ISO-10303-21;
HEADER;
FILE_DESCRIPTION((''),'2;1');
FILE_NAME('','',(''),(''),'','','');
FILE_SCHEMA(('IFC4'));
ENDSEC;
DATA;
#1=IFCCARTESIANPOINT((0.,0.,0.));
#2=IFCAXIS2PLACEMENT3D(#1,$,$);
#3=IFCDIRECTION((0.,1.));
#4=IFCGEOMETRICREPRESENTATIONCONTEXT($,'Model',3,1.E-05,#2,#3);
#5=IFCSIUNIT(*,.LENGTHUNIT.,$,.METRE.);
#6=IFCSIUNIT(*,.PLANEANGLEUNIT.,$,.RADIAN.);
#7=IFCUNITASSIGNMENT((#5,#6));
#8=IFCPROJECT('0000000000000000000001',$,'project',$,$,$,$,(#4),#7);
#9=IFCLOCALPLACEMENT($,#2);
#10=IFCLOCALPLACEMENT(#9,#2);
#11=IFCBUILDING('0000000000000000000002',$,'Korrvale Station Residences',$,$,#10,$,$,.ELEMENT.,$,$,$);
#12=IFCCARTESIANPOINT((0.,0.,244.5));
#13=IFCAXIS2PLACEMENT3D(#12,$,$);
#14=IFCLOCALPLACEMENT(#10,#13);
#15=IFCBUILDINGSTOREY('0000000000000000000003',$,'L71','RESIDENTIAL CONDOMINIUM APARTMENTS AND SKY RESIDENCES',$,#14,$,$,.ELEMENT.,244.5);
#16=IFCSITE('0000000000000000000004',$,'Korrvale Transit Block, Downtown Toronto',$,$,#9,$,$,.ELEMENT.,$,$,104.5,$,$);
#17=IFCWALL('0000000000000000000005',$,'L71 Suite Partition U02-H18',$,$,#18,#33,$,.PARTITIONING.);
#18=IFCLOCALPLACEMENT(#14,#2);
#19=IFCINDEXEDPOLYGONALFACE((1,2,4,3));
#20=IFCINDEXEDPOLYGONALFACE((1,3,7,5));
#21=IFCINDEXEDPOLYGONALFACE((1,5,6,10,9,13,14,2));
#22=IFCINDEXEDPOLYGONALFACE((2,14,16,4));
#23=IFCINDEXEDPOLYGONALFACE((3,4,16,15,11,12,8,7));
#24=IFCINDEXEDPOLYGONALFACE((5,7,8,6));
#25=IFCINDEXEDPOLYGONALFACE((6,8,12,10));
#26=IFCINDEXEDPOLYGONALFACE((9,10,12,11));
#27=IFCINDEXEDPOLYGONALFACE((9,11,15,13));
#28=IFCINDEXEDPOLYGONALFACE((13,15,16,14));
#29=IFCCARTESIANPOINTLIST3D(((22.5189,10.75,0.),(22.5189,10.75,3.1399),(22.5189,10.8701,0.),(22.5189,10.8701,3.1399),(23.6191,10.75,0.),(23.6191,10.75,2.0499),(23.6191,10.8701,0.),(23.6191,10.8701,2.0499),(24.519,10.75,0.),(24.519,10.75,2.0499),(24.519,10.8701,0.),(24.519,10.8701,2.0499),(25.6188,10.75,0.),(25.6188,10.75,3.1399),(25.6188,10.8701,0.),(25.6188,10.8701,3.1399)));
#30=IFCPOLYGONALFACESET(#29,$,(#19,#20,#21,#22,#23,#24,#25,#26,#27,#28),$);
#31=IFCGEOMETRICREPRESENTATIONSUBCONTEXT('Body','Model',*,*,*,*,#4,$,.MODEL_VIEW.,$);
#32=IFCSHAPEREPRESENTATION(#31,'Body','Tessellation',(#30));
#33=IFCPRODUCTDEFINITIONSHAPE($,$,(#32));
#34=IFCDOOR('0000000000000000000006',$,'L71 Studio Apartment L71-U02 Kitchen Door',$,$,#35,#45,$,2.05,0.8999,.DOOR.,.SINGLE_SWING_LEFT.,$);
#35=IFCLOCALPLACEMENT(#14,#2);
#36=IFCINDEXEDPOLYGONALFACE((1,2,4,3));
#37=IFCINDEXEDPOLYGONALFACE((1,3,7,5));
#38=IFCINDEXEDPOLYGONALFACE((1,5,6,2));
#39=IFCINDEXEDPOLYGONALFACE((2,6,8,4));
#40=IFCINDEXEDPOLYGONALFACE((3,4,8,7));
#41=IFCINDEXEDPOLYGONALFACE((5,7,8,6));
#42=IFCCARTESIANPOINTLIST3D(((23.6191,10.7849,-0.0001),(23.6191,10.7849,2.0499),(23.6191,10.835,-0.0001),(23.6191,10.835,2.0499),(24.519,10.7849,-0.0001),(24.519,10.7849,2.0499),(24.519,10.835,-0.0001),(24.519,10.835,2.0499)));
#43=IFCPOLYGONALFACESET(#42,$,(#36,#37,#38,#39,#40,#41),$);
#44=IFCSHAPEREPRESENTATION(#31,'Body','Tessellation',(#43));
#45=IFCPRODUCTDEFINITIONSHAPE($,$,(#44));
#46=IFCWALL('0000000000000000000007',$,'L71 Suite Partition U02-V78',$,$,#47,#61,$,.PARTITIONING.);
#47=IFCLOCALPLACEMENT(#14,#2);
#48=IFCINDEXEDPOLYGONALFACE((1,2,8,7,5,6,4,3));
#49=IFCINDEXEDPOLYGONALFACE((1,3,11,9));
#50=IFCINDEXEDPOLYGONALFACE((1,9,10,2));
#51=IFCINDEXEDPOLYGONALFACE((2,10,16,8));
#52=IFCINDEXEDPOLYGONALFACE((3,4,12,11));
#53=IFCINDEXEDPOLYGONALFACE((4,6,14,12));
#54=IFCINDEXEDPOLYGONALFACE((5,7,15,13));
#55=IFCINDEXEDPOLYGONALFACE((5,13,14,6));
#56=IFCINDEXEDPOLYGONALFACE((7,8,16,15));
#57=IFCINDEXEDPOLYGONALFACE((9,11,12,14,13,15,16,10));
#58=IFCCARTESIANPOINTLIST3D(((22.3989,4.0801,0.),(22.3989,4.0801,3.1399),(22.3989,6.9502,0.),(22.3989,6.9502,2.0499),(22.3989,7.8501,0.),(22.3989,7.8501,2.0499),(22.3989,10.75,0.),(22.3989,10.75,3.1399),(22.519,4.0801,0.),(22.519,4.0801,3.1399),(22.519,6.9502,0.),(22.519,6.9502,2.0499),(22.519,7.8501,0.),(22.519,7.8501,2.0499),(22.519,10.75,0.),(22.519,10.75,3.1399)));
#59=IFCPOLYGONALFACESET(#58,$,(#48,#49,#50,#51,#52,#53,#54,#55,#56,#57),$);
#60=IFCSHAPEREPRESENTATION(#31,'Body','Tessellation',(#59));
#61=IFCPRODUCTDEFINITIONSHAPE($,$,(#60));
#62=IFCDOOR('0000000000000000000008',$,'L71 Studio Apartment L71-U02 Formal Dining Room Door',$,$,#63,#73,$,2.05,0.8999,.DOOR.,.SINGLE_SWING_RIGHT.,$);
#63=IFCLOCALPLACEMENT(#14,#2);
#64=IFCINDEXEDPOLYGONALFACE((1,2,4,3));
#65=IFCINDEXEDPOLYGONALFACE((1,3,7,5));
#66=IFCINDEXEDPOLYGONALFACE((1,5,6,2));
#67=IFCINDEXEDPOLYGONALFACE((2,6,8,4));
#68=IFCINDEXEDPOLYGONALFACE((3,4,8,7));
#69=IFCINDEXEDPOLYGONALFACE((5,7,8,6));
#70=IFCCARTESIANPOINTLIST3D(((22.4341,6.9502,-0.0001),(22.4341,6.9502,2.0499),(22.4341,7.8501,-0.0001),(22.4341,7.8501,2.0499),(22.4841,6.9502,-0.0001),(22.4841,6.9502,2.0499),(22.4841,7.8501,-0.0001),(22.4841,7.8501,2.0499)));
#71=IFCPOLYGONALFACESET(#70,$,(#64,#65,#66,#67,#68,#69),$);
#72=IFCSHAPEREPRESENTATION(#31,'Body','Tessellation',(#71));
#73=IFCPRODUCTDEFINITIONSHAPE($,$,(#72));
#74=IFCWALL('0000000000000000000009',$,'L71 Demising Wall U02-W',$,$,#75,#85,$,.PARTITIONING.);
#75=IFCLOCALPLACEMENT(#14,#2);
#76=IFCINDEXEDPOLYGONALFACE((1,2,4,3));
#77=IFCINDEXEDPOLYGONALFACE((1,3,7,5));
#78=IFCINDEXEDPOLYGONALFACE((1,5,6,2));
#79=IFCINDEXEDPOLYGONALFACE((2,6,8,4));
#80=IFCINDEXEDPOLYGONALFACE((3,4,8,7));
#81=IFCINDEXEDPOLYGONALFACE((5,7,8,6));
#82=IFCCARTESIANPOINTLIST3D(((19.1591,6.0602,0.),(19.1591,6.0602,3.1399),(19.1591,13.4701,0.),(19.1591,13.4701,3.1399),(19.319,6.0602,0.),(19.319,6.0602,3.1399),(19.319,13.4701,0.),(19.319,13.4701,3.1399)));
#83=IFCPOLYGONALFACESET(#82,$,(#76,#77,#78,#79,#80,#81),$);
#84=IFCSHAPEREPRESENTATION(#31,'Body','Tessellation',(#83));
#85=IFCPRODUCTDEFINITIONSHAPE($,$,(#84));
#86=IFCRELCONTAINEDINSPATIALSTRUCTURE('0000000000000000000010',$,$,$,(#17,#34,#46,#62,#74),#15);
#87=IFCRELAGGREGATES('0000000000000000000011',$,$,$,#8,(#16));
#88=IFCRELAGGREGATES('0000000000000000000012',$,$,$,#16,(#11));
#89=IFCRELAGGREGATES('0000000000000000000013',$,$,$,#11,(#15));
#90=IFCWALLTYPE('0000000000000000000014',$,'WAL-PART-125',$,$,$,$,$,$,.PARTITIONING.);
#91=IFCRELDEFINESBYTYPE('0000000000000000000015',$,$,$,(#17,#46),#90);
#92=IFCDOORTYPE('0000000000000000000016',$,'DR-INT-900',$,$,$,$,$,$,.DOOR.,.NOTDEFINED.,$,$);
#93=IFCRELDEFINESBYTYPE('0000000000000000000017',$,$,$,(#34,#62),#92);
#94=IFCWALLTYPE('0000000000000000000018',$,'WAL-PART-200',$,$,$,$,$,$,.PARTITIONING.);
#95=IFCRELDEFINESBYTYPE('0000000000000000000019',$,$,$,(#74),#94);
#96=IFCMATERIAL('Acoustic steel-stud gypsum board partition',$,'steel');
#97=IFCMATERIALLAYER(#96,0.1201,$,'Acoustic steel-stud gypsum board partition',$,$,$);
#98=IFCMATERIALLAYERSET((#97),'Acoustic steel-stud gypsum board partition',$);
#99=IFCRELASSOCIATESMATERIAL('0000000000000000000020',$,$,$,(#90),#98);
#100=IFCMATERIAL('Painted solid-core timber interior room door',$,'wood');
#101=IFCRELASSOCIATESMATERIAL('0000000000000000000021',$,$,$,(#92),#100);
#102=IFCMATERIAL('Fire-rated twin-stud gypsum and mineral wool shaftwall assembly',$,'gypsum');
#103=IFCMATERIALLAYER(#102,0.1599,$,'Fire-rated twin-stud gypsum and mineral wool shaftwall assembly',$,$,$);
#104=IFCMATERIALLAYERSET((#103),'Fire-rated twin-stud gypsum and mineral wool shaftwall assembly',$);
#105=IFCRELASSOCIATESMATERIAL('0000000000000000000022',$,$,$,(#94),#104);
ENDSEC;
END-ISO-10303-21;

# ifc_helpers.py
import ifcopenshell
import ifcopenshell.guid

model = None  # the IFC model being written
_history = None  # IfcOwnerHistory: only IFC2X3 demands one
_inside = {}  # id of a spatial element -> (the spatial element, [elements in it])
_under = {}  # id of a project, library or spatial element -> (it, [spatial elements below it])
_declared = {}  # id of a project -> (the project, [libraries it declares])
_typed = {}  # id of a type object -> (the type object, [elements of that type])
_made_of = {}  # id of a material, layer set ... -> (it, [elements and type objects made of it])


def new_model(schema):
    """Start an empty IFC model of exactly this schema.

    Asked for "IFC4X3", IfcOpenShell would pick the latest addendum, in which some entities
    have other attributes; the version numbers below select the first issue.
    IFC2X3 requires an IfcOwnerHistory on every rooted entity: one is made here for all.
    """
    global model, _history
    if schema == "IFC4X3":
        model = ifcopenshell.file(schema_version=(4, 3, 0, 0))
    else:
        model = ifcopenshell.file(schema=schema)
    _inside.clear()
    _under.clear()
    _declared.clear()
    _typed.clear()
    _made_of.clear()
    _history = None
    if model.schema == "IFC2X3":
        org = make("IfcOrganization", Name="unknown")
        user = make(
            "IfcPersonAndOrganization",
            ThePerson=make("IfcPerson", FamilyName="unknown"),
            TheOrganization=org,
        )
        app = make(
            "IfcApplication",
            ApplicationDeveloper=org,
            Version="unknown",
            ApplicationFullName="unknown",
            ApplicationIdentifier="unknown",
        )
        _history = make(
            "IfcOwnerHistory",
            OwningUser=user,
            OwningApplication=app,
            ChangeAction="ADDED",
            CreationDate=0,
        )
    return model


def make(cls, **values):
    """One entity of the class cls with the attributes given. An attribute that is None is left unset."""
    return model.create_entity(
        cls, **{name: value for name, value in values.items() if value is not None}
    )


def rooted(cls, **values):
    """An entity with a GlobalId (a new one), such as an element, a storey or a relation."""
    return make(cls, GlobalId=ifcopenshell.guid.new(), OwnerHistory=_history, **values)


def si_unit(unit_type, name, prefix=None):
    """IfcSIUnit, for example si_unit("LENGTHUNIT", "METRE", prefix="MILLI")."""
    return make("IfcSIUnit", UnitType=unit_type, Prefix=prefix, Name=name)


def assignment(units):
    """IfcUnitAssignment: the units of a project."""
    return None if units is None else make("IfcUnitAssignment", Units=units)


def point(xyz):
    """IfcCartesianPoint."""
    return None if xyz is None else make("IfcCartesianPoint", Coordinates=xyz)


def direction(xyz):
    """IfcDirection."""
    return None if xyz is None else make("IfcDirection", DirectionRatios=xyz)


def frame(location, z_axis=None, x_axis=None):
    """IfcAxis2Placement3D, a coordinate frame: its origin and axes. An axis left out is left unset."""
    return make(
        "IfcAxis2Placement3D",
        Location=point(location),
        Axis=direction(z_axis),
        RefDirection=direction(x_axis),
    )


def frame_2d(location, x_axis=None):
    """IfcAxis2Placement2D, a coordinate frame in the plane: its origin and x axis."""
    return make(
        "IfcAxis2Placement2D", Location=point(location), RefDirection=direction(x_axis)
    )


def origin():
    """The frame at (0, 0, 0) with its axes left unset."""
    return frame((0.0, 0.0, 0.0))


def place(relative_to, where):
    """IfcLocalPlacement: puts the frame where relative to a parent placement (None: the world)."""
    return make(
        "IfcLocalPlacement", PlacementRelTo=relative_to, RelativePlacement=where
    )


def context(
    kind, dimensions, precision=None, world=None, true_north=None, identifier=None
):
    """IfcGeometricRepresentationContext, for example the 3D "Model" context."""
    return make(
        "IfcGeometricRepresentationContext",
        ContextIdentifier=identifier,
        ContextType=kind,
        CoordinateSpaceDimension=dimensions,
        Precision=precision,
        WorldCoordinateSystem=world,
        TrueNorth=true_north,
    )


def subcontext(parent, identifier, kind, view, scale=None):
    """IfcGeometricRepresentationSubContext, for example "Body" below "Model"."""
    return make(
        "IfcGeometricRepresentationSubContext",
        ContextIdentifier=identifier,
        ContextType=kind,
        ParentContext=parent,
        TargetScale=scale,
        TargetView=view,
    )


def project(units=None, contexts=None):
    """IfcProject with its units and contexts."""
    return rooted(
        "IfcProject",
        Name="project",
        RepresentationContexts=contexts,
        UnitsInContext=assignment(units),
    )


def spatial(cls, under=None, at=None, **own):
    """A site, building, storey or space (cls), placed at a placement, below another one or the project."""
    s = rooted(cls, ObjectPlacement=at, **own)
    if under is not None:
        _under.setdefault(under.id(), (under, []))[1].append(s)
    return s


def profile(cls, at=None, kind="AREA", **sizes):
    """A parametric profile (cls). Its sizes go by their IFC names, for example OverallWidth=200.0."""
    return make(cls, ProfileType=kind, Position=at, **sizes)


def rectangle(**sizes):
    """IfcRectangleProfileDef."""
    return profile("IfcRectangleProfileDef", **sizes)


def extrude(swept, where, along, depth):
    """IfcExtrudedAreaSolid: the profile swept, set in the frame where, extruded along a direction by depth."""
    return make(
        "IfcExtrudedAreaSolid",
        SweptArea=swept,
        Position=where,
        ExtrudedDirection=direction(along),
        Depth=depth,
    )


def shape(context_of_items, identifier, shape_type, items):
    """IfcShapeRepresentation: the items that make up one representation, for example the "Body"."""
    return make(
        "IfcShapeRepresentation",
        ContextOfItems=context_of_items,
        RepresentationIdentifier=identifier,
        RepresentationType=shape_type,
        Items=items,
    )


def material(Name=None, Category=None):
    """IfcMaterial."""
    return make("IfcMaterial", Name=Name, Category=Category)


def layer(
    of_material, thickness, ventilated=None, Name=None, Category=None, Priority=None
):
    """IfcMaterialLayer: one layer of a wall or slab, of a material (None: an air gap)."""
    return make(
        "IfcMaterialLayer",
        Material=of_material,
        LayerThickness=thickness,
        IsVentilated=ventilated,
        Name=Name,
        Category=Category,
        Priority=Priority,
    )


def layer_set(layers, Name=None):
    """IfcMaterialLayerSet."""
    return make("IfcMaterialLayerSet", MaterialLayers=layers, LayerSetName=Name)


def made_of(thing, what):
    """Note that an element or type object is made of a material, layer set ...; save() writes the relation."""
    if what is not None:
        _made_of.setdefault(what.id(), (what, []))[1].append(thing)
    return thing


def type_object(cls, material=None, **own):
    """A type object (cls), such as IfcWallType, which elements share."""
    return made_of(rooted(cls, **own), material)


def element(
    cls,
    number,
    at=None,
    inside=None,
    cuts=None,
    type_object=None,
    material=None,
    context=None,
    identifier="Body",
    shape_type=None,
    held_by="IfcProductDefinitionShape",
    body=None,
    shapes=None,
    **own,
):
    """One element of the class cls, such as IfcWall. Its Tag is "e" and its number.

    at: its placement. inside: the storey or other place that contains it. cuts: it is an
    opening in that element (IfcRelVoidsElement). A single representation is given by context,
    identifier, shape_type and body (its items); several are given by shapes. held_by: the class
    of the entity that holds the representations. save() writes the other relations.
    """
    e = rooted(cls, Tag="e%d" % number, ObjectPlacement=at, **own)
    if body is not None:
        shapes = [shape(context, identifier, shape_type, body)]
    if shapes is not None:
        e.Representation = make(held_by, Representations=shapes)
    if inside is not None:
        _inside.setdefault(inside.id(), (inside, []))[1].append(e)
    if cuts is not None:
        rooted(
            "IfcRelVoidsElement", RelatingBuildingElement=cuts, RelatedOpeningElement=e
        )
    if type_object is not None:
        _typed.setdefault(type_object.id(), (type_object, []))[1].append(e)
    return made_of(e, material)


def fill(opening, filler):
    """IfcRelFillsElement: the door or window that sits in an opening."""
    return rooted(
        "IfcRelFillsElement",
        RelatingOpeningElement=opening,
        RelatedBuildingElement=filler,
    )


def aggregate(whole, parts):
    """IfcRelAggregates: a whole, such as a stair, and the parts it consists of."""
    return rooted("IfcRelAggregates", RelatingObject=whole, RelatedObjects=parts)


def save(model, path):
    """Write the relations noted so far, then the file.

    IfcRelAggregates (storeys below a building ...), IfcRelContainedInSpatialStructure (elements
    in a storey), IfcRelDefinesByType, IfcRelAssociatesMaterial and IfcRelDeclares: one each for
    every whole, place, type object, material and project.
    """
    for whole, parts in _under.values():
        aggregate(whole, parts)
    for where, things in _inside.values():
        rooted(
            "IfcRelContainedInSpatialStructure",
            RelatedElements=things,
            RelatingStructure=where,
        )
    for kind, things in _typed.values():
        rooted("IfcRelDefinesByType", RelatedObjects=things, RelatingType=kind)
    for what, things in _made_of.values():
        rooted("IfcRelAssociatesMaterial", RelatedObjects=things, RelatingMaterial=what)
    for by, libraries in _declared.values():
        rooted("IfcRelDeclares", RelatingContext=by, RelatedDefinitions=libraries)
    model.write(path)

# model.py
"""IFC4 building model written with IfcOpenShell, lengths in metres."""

from ifc_helpers import new_model, si_unit, direction, frame, frame_2d, origin, place, context, subcontext, project, spatial, rectangle, extrude, material, layer, layer_set, type_object, element, fill, save


model = new_model("IFC4")

# Units and contexts
model_context = context("Model", 3, precision=1e-05, world=origin(), true_north=direction((0.0, 1.0)))
body_context = subcontext(model_context, "Body", "Model", "MODEL_VIEW")
ifc_project = project(units=[si_unit("LENGTHUNIT", "METRE"), si_unit("PLANEANGLEUNIT", "RADIAN")], contexts=[model_context])

# Site, building, storey
site_placement = place(None, origin())
site = spatial("IfcSite", under=ifc_project, at=site_placement, Name="Korrvale Transit Block, Downtown Toronto", CompositionType="ELEMENT", RefElevation=104.5)
building_placement = place(site_placement, origin())
building = spatial("IfcBuilding", under=site, at=building_placement, Name="Korrvale Station Residences", CompositionType="ELEMENT")
storey_placement = place(building_placement, frame((0.0, 0.0, 244.5)))
storey = spatial("IfcBuildingStorey", under=building, at=storey_placement, Name="L71", Description="RESIDENTIAL CONDOMINIUM APARTMENTS AND SKY RESIDENCES", CompositionType="ELEMENT", Elevation=244.5)

# Shared definitions
ifc_material_1 = material(Name="Acoustic steel-stud gypsum board partition", Category="steel")
ifc_layer_1 = layer(ifc_material_1, 0.1201, Name="Acoustic steel-stud gypsum board partition")
ifc_layer_set_1 = layer_set([ifc_layer_1], Name="Acoustic steel-stud gypsum board partition")
wall_type_1 = type_object("IfcWallType", Name="WAL-PART-125", PredefinedType="PARTITIONING", material=ifc_layer_set_1)

# Walls, openings, doors
wall_1_placement = place(storey_placement, frame((22.519, 10.8101, 0.0), z_axis=(0.0, 0.0, 1.0), x_axis=(1.0, 0.0, 0.0)))
wall_1 = element("IfcWall", 1, at=wall_1_placement, inside=storey, type_object=wall_type_1, Name="L71 Suite Partition U02-H18", PredefinedType="PARTITIONING", context=body_context, shape_type="SweptSolid", body=[
    extrude(rectangle(XDim=3.0999, YDim=0.1201, at=frame_2d((1.5498, 0.0))), origin(), (0.0, 0.0, 1.0), 3.1399),
])
opening_1_placement = place(wall_1_placement, frame((1.1001, 0.0, 0.0)))
opening_1 = element("IfcOpeningElement", 2, at=opening_1_placement, cuts=wall_1, PredefinedType="OPENING", context=body_context, shape_type="SweptSolid", body=[
    extrude(rectangle(XDim=0.8999, YDim=2.05, at=frame_2d((0.45, 1.0249))), frame((0.0, 0.0701, 0.0), z_axis=(0.0, -1.0, 0.0), x_axis=(1.0, 0.0, 0.0)), (0.0, 0.0, 1.0), 0.1401),
])
ifc_material_2 = material(Name="Painted solid-core timber interior room door", Category="wood")
door_type_1 = type_object("IfcDoorType", Name="DR-INT-900", OperationType="NOTDEFINED", PredefinedType="DOOR", material=ifc_material_2)
door_1_placement = place(opening_1_placement, origin())
door_1 = element("IfcDoor", 3, at=door_1_placement, inside=storey, type_object=door_type_1, Name="L71 Studio Apartment L71-U02 Kitchen Door", OperationType="SINGLE_SWING_LEFT", OverallHeight=2.05, OverallWidth=0.8999, PredefinedType="DOOR", context=body_context, shape_type="SweptSolid", body=[
    extrude(rectangle(XDim=0.8999, YDim=2.05, at=frame_2d((0.45, 1.0249))), frame((0.0, 0.0249, 0.0), z_axis=(0.0, -1.0, 0.0), x_axis=(1.0, 0.0, 0.0)), (0.0, 0.0, 1.0), 0.05),
])
fill(opening_1, door_1)
wall_2_placement = place(storey_placement, frame((22.459, 4.0801, 0.0), z_axis=(0.0, 0.0, 1.0), x_axis=(0.0, 1.0, 0.0)))
wall_2 = element("IfcWall", 4, at=wall_2_placement, inside=storey, type_object=wall_type_1, Name="L71 Suite Partition U02-V78", PredefinedType="PARTITIONING", context=body_context, shape_type="SweptSolid", body=[
    extrude(rectangle(XDim=6.6699, YDim=0.1201, at=frame_2d((3.335, 0.0))), origin(), (0.0, 0.0, 1.0), 3.1399),
])
opening_2_placement = place(wall_2_placement, frame((2.8701, 0.0, 0.0)))
opening_2 = element("IfcOpeningElement", 5, at=opening_2_placement, cuts=wall_2, PredefinedType="OPENING", context=body_context, shape_type="SweptSolid", body=[
    extrude(rectangle(XDim=0.8999, YDim=2.05, at=frame_2d((0.45, 1.0249))), frame((0.0, 0.0701, 0.0), z_axis=(0.0, -1.0, 0.0), x_axis=(1.0, 0.0, 0.0)), (0.0, 0.0, 1.0), 0.1401),
])
door_2_placement = place(opening_2_placement, origin())
door_2 = element("IfcDoor", 6, at=door_2_placement, inside=storey, type_object=door_type_1, Name="L71 Studio Apartment L71-U02 Formal Dining Room Door", OperationType="SINGLE_SWING_RIGHT", OverallHeight=2.05, OverallWidth=0.8999, PredefinedType="DOOR", context=body_context, shape_type="SweptSolid", body=[
    extrude(rectangle(XDim=0.8999, YDim=2.05, at=frame_2d((0.45, 1.0249))), frame((0.0, 0.0249, 0.0), z_axis=(0.0, -1.0, 0.0), x_axis=(1.0, 0.0, 0.0)), (0.0, 0.0, 1.0), 0.05),
])
fill(opening_2, door_2)

# Wall
ifc_material_3 = material(Name="Fire-rated twin-stud gypsum and mineral wool shaftwall assembly", Category="gypsum")
ifc_layer_2 = layer(ifc_material_3, 0.1599, Name="Fire-rated twin-stud gypsum and mineral wool shaftwall assembly")
ifc_layer_set_2 = layer_set([ifc_layer_2], Name="Fire-rated twin-stud gypsum and mineral wool shaftwall assembly")
wall_type_2 = type_object("IfcWallType", Name="WAL-PART-200", PredefinedType="PARTITIONING", material=ifc_layer_set_2)
wall_3_placement = place(storey_placement, frame((19.239, 6.0601, 0.0), z_axis=(0.0, 0.0, 1.0), x_axis=(0.0, 1.0, 0.0)))
element("IfcWall", 7, at=wall_3_placement, inside=storey, type_object=wall_type_2, Name="L71 Demising Wall U02-W", PredefinedType="PARTITIONING", context=body_context, shape_type="SweptSolid", body=[
    extrude(rectangle(XDim=7.4099, YDim=0.1599, at=frame_2d((3.7051, 0.0))), origin(), (0.0, 0.0, 1.0), 3.1399),
])

save(model, "model.ifc")
